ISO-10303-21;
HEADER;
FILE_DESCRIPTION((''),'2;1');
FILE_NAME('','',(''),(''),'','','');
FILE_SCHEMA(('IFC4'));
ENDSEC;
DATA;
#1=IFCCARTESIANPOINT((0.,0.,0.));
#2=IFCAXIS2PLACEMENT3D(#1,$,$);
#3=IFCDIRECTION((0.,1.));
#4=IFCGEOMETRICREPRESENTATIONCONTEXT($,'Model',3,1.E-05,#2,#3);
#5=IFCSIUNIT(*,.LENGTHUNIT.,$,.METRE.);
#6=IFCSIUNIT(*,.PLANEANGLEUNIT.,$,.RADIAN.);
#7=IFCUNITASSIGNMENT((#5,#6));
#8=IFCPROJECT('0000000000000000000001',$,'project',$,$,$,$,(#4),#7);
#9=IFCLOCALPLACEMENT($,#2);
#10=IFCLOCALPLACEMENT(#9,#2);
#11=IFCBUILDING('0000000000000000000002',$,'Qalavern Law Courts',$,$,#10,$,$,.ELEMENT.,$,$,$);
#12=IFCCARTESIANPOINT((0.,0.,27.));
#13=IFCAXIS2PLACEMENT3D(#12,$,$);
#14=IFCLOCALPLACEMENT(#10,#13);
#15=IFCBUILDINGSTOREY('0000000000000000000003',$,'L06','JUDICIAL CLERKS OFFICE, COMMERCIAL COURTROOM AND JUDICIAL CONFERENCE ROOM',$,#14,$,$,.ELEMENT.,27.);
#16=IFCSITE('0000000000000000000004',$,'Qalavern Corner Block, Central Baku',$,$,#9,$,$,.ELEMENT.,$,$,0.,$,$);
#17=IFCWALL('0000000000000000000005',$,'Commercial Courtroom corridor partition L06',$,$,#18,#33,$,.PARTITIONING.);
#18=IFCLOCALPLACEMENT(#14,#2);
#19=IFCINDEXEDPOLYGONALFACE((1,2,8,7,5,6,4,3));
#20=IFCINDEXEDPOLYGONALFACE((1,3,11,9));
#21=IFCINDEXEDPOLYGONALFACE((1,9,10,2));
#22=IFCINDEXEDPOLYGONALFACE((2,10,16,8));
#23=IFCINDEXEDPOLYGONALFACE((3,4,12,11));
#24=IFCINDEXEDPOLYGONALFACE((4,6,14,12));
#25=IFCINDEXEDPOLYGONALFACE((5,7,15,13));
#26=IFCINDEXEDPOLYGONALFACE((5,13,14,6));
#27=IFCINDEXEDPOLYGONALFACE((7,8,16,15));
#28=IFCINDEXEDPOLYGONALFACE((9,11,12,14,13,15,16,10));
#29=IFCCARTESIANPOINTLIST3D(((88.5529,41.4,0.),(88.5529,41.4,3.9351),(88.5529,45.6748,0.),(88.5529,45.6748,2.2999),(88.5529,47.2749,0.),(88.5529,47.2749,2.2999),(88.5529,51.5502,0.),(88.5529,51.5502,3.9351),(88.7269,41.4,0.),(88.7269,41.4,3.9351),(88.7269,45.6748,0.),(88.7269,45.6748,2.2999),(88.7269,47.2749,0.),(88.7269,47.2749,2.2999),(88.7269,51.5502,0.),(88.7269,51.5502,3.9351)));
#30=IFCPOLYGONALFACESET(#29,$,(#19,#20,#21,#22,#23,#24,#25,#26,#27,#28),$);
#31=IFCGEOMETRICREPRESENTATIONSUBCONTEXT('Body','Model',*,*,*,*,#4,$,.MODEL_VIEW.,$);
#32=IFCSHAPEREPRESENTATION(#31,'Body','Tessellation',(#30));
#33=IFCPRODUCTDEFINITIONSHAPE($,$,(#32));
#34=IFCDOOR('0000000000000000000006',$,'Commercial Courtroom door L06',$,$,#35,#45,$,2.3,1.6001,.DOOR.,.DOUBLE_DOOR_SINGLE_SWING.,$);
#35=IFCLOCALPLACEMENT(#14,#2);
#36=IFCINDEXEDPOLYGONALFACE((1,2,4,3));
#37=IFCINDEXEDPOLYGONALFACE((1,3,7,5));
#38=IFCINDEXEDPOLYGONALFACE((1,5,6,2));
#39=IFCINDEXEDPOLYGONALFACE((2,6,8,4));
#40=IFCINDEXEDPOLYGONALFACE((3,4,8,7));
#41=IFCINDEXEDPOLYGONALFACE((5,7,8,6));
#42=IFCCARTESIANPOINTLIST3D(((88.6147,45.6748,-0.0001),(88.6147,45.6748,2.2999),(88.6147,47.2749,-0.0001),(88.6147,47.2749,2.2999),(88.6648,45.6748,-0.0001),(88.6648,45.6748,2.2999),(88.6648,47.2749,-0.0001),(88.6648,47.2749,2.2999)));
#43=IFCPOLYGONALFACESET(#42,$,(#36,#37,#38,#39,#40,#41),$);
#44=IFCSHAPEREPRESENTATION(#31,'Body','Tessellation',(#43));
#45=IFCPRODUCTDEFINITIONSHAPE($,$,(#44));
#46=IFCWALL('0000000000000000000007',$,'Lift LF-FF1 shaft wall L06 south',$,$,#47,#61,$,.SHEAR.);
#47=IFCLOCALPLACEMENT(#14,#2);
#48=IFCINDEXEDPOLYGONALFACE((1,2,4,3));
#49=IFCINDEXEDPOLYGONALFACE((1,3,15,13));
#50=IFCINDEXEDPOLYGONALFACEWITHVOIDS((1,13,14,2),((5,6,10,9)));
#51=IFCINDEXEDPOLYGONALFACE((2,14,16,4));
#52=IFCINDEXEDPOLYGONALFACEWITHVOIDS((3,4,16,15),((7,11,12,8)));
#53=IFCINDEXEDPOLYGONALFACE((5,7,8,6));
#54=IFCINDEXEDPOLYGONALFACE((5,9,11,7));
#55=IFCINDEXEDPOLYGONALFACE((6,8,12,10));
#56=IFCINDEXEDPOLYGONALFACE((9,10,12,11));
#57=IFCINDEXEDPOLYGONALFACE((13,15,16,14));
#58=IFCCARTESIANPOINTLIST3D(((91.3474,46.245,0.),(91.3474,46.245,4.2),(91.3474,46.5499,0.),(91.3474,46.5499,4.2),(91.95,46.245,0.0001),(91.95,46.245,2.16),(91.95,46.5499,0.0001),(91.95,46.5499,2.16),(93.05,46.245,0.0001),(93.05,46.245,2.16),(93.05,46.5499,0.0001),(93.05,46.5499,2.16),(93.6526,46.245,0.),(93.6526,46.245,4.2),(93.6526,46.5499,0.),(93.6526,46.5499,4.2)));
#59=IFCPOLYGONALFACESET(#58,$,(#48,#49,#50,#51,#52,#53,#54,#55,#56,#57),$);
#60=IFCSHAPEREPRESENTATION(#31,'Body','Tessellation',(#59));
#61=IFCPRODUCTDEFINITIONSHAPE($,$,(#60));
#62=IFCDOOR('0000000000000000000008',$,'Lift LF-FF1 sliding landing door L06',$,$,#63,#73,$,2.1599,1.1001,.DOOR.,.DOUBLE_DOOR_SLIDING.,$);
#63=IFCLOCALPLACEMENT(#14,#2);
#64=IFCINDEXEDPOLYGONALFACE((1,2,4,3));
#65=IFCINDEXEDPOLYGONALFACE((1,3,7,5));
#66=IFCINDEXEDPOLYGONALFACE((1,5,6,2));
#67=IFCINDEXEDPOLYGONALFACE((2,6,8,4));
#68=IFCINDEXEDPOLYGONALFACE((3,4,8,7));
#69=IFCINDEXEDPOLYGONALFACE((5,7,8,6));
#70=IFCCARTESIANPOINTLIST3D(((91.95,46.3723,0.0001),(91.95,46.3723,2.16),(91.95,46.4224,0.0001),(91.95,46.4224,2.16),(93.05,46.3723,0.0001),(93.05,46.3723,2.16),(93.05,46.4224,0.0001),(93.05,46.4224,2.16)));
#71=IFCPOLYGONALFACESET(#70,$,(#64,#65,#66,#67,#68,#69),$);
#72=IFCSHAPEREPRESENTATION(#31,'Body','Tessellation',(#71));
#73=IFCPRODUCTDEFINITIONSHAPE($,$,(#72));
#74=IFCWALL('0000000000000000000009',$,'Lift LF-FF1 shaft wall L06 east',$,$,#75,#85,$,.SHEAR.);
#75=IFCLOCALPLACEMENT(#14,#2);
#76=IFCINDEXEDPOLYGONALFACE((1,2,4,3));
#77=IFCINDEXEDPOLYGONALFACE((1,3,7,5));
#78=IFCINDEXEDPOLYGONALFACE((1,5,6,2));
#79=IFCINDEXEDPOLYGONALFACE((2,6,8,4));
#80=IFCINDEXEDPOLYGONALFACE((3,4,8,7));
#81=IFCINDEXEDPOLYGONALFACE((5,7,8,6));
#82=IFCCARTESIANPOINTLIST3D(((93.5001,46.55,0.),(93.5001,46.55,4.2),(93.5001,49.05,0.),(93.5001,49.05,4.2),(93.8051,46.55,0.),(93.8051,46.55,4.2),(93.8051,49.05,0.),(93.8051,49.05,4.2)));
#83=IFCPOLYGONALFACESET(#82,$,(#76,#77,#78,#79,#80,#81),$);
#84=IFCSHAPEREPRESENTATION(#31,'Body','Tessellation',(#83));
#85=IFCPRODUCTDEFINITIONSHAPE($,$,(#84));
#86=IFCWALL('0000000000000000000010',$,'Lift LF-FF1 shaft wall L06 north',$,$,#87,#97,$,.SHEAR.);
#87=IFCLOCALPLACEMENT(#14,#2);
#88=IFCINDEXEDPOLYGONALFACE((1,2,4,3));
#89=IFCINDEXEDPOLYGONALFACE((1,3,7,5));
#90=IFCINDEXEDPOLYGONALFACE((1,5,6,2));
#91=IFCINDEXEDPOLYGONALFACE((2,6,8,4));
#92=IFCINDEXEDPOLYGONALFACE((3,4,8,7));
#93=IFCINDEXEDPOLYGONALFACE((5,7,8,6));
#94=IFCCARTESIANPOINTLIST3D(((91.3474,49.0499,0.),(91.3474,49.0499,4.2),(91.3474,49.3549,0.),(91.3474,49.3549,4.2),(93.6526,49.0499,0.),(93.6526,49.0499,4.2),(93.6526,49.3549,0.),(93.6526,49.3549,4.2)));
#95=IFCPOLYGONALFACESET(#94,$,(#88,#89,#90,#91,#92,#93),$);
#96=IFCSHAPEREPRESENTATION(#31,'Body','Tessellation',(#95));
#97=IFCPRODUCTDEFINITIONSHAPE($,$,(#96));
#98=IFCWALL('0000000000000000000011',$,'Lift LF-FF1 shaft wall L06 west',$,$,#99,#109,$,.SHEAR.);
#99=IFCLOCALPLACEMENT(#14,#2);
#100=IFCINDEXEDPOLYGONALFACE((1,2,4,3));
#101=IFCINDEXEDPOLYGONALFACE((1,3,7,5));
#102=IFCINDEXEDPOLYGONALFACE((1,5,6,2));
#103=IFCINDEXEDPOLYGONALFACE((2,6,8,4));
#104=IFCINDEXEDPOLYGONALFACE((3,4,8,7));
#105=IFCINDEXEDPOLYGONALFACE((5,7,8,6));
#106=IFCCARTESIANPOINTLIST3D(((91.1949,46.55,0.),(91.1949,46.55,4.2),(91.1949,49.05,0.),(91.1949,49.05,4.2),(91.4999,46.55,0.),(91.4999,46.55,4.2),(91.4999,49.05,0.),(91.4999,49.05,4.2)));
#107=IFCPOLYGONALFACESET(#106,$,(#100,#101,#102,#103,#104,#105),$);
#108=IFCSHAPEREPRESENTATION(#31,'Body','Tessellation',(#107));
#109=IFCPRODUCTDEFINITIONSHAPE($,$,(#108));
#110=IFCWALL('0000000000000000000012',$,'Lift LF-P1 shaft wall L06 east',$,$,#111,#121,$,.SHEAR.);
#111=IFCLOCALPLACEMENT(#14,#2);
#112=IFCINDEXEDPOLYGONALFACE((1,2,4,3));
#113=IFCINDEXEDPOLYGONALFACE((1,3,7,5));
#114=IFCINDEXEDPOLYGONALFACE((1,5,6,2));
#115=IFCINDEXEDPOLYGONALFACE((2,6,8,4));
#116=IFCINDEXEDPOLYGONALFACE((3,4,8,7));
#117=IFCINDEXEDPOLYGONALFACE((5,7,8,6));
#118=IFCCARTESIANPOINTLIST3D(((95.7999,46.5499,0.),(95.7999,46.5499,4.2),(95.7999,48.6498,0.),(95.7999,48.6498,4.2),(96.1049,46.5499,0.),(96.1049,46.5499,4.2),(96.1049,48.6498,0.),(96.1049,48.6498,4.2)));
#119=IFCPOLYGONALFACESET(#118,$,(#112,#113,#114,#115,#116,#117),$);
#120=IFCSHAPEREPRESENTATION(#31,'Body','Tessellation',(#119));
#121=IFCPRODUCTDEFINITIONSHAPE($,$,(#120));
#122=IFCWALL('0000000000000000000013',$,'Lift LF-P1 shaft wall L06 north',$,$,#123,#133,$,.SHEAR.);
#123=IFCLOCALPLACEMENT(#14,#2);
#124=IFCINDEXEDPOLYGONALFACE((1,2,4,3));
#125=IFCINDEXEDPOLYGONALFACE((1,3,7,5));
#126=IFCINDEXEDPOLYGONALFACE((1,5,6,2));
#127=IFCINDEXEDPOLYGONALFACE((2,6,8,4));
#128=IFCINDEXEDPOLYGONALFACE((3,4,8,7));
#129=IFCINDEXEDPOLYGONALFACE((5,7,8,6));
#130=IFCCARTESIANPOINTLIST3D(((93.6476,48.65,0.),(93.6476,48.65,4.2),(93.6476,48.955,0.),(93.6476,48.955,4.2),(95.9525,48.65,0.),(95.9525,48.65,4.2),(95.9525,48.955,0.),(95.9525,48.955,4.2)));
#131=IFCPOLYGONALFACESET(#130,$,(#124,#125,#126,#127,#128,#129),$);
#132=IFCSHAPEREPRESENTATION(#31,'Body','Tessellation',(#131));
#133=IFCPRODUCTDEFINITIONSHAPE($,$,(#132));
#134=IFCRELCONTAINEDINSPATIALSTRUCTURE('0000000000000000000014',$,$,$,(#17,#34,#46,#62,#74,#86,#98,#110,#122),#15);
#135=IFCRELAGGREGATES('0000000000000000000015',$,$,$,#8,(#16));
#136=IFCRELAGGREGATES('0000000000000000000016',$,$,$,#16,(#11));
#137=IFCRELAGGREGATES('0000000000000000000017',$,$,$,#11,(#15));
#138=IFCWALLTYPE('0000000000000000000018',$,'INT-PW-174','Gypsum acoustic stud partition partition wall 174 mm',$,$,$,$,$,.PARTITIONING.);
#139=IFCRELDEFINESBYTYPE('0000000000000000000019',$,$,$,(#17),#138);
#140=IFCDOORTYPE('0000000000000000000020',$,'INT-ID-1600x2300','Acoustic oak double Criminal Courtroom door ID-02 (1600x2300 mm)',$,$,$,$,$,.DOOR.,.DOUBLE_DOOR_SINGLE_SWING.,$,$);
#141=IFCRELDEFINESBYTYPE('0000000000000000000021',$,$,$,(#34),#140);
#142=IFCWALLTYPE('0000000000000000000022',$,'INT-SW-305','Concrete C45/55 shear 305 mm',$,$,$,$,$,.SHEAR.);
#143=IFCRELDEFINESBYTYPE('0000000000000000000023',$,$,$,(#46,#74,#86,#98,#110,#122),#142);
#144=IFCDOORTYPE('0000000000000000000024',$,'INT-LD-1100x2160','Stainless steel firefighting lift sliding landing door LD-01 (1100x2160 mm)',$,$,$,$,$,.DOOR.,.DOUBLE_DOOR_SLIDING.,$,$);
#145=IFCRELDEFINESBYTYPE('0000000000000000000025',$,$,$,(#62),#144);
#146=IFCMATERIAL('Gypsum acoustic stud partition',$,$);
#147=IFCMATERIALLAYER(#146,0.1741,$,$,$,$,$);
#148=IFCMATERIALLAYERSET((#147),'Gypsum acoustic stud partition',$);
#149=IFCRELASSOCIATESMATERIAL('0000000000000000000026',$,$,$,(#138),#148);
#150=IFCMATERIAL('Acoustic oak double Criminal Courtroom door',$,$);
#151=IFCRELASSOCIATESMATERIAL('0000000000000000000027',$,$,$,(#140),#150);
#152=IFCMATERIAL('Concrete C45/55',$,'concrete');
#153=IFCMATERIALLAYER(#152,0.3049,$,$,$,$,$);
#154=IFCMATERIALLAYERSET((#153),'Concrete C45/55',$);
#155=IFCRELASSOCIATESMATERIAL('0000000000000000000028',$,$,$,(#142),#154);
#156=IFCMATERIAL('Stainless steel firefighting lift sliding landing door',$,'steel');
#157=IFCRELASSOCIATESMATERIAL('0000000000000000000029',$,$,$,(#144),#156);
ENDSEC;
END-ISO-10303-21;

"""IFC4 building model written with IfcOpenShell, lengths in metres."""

from ifc_helpers import new_model, si_unit, direction, frame, frame_2d, origin, place, context, subcontext, project, spatial, rectangle, extrude, material, layer, layer_set, type_object, element, fill, save


model = new_model("IFC4")

# Units and contexts
model_context = context("Model", 3, precision=1e-05, world=origin(), true_north=direction((0.0, 1.0)))
body_context = subcontext(model_context, "Body", "Model", "MODEL_VIEW")
ifc_project = project(units=[si_unit("LENGTHUNIT", "METRE"), si_unit("PLANEANGLEUNIT", "RADIAN")], contexts=[model_context])

# Site, building, storey
site_placement = place(None, origin())
site = spatial("IfcSite", under=ifc_project, at=site_placement, Name="Qalavern Corner Block, Central Baku", CompositionType="ELEMENT", RefElevation=0.0)
building_placement = place(site_placement, origin())
building = spatial("IfcBuilding", under=site, at=building_placement, Name="Qalavern Law Courts", CompositionType="ELEMENT")
storey_placement = place(building_placement, frame((0.0, 0.0, 27.0)))
storey = spatial("IfcBuildingStorey", under=building, at=storey_placement, Name="L06", Description="JUDICIAL CLERKS OFFICE, COMMERCIAL COURTROOM AND JUDICIAL CONFERENCE ROOM", CompositionType="ELEMENT", Elevation=27.0)

# Shared definitions
ifc_material_1 = material(Name="Concrete C45/55", Category="concrete")

# Walls, openings, doors
ifc_material_2 = material(Name="Gypsum acoustic stud partition")
ifc_layer_1 = layer(ifc_material_2, 0.1741)
ifc_layer_set_1 = layer_set([ifc_layer_1], Name="Gypsum acoustic stud partition")
wall_type_1 = type_object("IfcWallType", Name="INT-PW-174", Description="Gypsum acoustic stud partition partition wall 174 mm", PredefinedType="PARTITIONING", material=ifc_layer_set_1)
wall_1_placement = place(storey_placement, frame((88.6399, 41.3999, 0.0), z_axis=(0.0, 0.0, 1.0), x_axis=(0.0, 1.0, 0.0)))
wall_1 = element("IfcWall", 1, at=wall_1_placement, inside=storey, type_object=wall_type_1, Name="Commercial Courtroom corridor partition L06", PredefinedType="PARTITIONING", context=body_context, shape_type="SweptSolid", body=[
    extrude(rectangle(XDim=10.1501, YDim=0.1741, at=frame_2d((5.0752, 0.0))), origin(), (0.0, 0.0, 1.0), 3.9351),
])
opening_1_placement = place(wall_1_placement, frame((4.2749, 0.0, 0.0)))
opening_1 = element("IfcOpeningElement", 2, at=opening_1_placement, cuts=wall_1, PredefinedType="OPENING", context=body_context, shape_type="SweptSolid", body=[
    extrude(rectangle(XDim=1.6001, YDim=2.3, at=frame_2d((0.8, 1.1499))), frame((0.0, 0.1021, 0.0), z_axis=(0.0, -1.0, 0.0), x_axis=(1.0, 0.0, 0.0)), (0.0, 0.0, 1.0), 0.2039),
])
ifc_material_3 = material(Name="Acoustic oak double Criminal Courtroom door")
door_type_1 = type_object("IfcDoorType", Name="INT-ID-1600x2300", Description="Acoustic oak double Criminal Courtroom door ID-02 (1600x2300 mm)", OperationType="DOUBLE_DOOR_SINGLE_SWING", PredefinedType="DOOR", material=ifc_material_3)
door_1_placement = place(opening_1_placement, frame((1.6001, 0.0, 0.0), z_axis=(0.0, 0.0, 1.0), x_axis=(-1.0, 0.0, 0.0)))
door_1 = element("IfcDoor", 3, at=door_1_placement, inside=storey, type_object=door_type_1, Name="Commercial Courtroom door L06", OperationType="DOUBLE_DOOR_SINGLE_SWING", OverallHeight=2.3, OverallWidth=1.6001, PredefinedType="DOOR", context=body_context, shape_type="SweptSolid", body=[
    extrude(rectangle(XDim=1.6001, YDim=2.3, at=frame_2d((0.8, 1.1499))), frame((0.0, 0.0249, 0.0), z_axis=(0.0, -1.0, 0.0), x_axis=(1.0, 0.0, 0.0)), (0.0, 0.0, 1.0), 0.05),
])
fill(opening_1, door_1)
ifc_layer_2 = layer(ifc_material_1, 0.3049)
ifc_layer_set_2 = layer_set([ifc_layer_2], Name="Concrete C45/55")
wall_type_2 = type_object("IfcWallType", Name="INT-SW-305", Description="Concrete C45/55 shear 305 mm", PredefinedType="SHEAR", material=ifc_layer_set_2)
wall_2_placement = place(storey_placement, frame((91.3474, 46.3975, 0.0), z_axis=(0.0, 0.0, 1.0), x_axis=(1.0, 0.0, 0.0)))
wall_2 = element("IfcWall", 4, at=wall_2_placement, inside=storey, type_object=wall_type_2, Name="Lift LF-FF1 shaft wall L06 south", PredefinedType="SHEAR", context=body_context, shape_type="SweptSolid", body=[
    extrude(rectangle(XDim=2.3052, YDim=0.3049, at=frame_2d((1.1526, 0.0))), origin(), (0.0, 0.0, 1.0), 4.2),
])
opening_2_placement = place(wall_2_placement, frame((0.6025, 0.0, 0.0)))
opening_2 = element("IfcOpeningElement", 5, at=opening_2_placement, cuts=wall_2, PredefinedType="OPENING", context=body_context, shape_type="SweptSolid", body=[
    extrude(rectangle(XDim=1.1001, YDim=2.1599, at=frame_2d((0.55, 1.0801))), frame((0.0, 0.1675, 0.0), z_axis=(0.0, -1.0, 0.0), x_axis=(1.0, 0.0, 0.0)), (0.0, 0.0, 1.0), 0.3347),
])
ifc_material_4 = material(Name="Stainless steel firefighting lift sliding landing door", Category="steel")
door_type_2 = type_object("IfcDoorType", Name="INT-LD-1100x2160", Description="Stainless steel firefighting lift sliding landing door LD-01 (1100x2160 mm)", OperationType="DOUBLE_DOOR_SLIDING", PredefinedType="DOOR", material=ifc_material_4)
door_2_placement = place(opening_2_placement, origin())
door_2 = element("IfcDoor", 6, at=door_2_placement, inside=storey, type_object=door_type_2, Name="Lift LF-FF1 sliding landing door L06", OperationType="DOUBLE_DOOR_SLIDING", OverallHeight=2.1599, OverallWidth=1.1001, PredefinedType="DOOR", context=body_context, shape_type="SweptSolid", body=[
    extrude(rectangle(XDim=1.1001, YDim=2.1599, at=frame_2d((0.55, 1.0801))), frame((0.0, 0.0249, 0.0), z_axis=(0.0, -1.0, 0.0), x_axis=(1.0, 0.0, 0.0)), (0.0, 0.0, 1.0), 0.05),
])
fill(opening_2, door_2)

# Walls
wall_3_placement = place(storey_placement, frame((93.6526, 46.55, 0.0), z_axis=(0.0, 0.0, 1.0), x_axis=(0.0, 1.0, 0.0)))
element("IfcWall", 7, at=wall_3_placement, inside=storey, type_object=wall_type_2, Name="Lift LF-FF1 shaft wall L06 east", PredefinedType="SHEAR", context=body_context, shape_type="SweptSolid", body=[
    extrude(rectangle(XDim=2.5, YDim=0.3049, at=frame_2d((1.25, 0.0))), origin(), (0.0, 0.0, 1.0), 4.2),
])
wall_4_placement = place(storey_placement, frame((93.6526, 49.2024, 0.0), z_axis=(0.0, 0.0, 1.0), x_axis=(-1.0, 0.0, 0.0)))
element("IfcWall", 8, at=wall_4_placement, inside=storey, type_object=wall_type_2, Name="Lift LF-FF1 shaft wall L06 north", PredefinedType="SHEAR", context=body_context, shape_type="SweptSolid", body=[
    extrude(rectangle(XDim=2.3052, YDim=0.3049, at=frame_2d((1.1526, 0.0))), origin(), (0.0, 0.0, 1.0), 4.2),
])
wall_5_placement = place(storey_placement, frame((91.3474, 49.05, 0.0), z_axis=(0.0, 0.0, 1.0), x_axis=(0.0, -1.0, 0.0)))
element("IfcWall", 9, at=wall_5_placement, inside=storey, type_object=wall_type_2, Name="Lift LF-FF1 shaft wall L06 west", PredefinedType="SHEAR", context=body_context, shape_type="SweptSolid", body=[
    extrude(rectangle(XDim=2.5, YDim=0.3049, at=frame_2d((1.25, 0.0))), origin(), (0.0, 0.0, 1.0), 4.2),
])

# Walls
wall_6_placement = place(storey_placement, frame((95.9524, 46.55, 0.0), z_axis=(0.0, 0.0, 1.0), x_axis=(0.0, 1.0, 0.0)))
element("IfcWall", 10, at=wall_6_placement, inside=storey, type_object=wall_type_2, Name="Lift LF-P1 shaft wall L06 east", PredefinedType="SHEAR", context=body_context, shape_type="SweptSolid", body=[
    extrude(rectangle(XDim=2.0999, YDim=0.3049, at=frame_2d((1.0498, 0.0))), origin(), (0.0, 0.0, 1.0), 4.2),
])
wall_7_placement = place(storey_placement, frame((95.9524, 48.8025, 0.0), z_axis=(0.0, 0.0, 1.0), x_axis=(-1.0, 0.0, 0.0)))
element("IfcWall", 11, at=wall_7_placement, inside=storey, type_object=wall_type_2, Name="Lift LF-P1 shaft wall L06 north", PredefinedType="SHEAR", context=body_context, shape_type="SweptSolid", body=[
    extrude(rectangle(XDim=2.3049, YDim=0.3049, at=frame_2d((1.1523, 0.0))), origin(), (0.0, 0.0, 1.0), 4.2),
])

save(model, "model.ifc")
